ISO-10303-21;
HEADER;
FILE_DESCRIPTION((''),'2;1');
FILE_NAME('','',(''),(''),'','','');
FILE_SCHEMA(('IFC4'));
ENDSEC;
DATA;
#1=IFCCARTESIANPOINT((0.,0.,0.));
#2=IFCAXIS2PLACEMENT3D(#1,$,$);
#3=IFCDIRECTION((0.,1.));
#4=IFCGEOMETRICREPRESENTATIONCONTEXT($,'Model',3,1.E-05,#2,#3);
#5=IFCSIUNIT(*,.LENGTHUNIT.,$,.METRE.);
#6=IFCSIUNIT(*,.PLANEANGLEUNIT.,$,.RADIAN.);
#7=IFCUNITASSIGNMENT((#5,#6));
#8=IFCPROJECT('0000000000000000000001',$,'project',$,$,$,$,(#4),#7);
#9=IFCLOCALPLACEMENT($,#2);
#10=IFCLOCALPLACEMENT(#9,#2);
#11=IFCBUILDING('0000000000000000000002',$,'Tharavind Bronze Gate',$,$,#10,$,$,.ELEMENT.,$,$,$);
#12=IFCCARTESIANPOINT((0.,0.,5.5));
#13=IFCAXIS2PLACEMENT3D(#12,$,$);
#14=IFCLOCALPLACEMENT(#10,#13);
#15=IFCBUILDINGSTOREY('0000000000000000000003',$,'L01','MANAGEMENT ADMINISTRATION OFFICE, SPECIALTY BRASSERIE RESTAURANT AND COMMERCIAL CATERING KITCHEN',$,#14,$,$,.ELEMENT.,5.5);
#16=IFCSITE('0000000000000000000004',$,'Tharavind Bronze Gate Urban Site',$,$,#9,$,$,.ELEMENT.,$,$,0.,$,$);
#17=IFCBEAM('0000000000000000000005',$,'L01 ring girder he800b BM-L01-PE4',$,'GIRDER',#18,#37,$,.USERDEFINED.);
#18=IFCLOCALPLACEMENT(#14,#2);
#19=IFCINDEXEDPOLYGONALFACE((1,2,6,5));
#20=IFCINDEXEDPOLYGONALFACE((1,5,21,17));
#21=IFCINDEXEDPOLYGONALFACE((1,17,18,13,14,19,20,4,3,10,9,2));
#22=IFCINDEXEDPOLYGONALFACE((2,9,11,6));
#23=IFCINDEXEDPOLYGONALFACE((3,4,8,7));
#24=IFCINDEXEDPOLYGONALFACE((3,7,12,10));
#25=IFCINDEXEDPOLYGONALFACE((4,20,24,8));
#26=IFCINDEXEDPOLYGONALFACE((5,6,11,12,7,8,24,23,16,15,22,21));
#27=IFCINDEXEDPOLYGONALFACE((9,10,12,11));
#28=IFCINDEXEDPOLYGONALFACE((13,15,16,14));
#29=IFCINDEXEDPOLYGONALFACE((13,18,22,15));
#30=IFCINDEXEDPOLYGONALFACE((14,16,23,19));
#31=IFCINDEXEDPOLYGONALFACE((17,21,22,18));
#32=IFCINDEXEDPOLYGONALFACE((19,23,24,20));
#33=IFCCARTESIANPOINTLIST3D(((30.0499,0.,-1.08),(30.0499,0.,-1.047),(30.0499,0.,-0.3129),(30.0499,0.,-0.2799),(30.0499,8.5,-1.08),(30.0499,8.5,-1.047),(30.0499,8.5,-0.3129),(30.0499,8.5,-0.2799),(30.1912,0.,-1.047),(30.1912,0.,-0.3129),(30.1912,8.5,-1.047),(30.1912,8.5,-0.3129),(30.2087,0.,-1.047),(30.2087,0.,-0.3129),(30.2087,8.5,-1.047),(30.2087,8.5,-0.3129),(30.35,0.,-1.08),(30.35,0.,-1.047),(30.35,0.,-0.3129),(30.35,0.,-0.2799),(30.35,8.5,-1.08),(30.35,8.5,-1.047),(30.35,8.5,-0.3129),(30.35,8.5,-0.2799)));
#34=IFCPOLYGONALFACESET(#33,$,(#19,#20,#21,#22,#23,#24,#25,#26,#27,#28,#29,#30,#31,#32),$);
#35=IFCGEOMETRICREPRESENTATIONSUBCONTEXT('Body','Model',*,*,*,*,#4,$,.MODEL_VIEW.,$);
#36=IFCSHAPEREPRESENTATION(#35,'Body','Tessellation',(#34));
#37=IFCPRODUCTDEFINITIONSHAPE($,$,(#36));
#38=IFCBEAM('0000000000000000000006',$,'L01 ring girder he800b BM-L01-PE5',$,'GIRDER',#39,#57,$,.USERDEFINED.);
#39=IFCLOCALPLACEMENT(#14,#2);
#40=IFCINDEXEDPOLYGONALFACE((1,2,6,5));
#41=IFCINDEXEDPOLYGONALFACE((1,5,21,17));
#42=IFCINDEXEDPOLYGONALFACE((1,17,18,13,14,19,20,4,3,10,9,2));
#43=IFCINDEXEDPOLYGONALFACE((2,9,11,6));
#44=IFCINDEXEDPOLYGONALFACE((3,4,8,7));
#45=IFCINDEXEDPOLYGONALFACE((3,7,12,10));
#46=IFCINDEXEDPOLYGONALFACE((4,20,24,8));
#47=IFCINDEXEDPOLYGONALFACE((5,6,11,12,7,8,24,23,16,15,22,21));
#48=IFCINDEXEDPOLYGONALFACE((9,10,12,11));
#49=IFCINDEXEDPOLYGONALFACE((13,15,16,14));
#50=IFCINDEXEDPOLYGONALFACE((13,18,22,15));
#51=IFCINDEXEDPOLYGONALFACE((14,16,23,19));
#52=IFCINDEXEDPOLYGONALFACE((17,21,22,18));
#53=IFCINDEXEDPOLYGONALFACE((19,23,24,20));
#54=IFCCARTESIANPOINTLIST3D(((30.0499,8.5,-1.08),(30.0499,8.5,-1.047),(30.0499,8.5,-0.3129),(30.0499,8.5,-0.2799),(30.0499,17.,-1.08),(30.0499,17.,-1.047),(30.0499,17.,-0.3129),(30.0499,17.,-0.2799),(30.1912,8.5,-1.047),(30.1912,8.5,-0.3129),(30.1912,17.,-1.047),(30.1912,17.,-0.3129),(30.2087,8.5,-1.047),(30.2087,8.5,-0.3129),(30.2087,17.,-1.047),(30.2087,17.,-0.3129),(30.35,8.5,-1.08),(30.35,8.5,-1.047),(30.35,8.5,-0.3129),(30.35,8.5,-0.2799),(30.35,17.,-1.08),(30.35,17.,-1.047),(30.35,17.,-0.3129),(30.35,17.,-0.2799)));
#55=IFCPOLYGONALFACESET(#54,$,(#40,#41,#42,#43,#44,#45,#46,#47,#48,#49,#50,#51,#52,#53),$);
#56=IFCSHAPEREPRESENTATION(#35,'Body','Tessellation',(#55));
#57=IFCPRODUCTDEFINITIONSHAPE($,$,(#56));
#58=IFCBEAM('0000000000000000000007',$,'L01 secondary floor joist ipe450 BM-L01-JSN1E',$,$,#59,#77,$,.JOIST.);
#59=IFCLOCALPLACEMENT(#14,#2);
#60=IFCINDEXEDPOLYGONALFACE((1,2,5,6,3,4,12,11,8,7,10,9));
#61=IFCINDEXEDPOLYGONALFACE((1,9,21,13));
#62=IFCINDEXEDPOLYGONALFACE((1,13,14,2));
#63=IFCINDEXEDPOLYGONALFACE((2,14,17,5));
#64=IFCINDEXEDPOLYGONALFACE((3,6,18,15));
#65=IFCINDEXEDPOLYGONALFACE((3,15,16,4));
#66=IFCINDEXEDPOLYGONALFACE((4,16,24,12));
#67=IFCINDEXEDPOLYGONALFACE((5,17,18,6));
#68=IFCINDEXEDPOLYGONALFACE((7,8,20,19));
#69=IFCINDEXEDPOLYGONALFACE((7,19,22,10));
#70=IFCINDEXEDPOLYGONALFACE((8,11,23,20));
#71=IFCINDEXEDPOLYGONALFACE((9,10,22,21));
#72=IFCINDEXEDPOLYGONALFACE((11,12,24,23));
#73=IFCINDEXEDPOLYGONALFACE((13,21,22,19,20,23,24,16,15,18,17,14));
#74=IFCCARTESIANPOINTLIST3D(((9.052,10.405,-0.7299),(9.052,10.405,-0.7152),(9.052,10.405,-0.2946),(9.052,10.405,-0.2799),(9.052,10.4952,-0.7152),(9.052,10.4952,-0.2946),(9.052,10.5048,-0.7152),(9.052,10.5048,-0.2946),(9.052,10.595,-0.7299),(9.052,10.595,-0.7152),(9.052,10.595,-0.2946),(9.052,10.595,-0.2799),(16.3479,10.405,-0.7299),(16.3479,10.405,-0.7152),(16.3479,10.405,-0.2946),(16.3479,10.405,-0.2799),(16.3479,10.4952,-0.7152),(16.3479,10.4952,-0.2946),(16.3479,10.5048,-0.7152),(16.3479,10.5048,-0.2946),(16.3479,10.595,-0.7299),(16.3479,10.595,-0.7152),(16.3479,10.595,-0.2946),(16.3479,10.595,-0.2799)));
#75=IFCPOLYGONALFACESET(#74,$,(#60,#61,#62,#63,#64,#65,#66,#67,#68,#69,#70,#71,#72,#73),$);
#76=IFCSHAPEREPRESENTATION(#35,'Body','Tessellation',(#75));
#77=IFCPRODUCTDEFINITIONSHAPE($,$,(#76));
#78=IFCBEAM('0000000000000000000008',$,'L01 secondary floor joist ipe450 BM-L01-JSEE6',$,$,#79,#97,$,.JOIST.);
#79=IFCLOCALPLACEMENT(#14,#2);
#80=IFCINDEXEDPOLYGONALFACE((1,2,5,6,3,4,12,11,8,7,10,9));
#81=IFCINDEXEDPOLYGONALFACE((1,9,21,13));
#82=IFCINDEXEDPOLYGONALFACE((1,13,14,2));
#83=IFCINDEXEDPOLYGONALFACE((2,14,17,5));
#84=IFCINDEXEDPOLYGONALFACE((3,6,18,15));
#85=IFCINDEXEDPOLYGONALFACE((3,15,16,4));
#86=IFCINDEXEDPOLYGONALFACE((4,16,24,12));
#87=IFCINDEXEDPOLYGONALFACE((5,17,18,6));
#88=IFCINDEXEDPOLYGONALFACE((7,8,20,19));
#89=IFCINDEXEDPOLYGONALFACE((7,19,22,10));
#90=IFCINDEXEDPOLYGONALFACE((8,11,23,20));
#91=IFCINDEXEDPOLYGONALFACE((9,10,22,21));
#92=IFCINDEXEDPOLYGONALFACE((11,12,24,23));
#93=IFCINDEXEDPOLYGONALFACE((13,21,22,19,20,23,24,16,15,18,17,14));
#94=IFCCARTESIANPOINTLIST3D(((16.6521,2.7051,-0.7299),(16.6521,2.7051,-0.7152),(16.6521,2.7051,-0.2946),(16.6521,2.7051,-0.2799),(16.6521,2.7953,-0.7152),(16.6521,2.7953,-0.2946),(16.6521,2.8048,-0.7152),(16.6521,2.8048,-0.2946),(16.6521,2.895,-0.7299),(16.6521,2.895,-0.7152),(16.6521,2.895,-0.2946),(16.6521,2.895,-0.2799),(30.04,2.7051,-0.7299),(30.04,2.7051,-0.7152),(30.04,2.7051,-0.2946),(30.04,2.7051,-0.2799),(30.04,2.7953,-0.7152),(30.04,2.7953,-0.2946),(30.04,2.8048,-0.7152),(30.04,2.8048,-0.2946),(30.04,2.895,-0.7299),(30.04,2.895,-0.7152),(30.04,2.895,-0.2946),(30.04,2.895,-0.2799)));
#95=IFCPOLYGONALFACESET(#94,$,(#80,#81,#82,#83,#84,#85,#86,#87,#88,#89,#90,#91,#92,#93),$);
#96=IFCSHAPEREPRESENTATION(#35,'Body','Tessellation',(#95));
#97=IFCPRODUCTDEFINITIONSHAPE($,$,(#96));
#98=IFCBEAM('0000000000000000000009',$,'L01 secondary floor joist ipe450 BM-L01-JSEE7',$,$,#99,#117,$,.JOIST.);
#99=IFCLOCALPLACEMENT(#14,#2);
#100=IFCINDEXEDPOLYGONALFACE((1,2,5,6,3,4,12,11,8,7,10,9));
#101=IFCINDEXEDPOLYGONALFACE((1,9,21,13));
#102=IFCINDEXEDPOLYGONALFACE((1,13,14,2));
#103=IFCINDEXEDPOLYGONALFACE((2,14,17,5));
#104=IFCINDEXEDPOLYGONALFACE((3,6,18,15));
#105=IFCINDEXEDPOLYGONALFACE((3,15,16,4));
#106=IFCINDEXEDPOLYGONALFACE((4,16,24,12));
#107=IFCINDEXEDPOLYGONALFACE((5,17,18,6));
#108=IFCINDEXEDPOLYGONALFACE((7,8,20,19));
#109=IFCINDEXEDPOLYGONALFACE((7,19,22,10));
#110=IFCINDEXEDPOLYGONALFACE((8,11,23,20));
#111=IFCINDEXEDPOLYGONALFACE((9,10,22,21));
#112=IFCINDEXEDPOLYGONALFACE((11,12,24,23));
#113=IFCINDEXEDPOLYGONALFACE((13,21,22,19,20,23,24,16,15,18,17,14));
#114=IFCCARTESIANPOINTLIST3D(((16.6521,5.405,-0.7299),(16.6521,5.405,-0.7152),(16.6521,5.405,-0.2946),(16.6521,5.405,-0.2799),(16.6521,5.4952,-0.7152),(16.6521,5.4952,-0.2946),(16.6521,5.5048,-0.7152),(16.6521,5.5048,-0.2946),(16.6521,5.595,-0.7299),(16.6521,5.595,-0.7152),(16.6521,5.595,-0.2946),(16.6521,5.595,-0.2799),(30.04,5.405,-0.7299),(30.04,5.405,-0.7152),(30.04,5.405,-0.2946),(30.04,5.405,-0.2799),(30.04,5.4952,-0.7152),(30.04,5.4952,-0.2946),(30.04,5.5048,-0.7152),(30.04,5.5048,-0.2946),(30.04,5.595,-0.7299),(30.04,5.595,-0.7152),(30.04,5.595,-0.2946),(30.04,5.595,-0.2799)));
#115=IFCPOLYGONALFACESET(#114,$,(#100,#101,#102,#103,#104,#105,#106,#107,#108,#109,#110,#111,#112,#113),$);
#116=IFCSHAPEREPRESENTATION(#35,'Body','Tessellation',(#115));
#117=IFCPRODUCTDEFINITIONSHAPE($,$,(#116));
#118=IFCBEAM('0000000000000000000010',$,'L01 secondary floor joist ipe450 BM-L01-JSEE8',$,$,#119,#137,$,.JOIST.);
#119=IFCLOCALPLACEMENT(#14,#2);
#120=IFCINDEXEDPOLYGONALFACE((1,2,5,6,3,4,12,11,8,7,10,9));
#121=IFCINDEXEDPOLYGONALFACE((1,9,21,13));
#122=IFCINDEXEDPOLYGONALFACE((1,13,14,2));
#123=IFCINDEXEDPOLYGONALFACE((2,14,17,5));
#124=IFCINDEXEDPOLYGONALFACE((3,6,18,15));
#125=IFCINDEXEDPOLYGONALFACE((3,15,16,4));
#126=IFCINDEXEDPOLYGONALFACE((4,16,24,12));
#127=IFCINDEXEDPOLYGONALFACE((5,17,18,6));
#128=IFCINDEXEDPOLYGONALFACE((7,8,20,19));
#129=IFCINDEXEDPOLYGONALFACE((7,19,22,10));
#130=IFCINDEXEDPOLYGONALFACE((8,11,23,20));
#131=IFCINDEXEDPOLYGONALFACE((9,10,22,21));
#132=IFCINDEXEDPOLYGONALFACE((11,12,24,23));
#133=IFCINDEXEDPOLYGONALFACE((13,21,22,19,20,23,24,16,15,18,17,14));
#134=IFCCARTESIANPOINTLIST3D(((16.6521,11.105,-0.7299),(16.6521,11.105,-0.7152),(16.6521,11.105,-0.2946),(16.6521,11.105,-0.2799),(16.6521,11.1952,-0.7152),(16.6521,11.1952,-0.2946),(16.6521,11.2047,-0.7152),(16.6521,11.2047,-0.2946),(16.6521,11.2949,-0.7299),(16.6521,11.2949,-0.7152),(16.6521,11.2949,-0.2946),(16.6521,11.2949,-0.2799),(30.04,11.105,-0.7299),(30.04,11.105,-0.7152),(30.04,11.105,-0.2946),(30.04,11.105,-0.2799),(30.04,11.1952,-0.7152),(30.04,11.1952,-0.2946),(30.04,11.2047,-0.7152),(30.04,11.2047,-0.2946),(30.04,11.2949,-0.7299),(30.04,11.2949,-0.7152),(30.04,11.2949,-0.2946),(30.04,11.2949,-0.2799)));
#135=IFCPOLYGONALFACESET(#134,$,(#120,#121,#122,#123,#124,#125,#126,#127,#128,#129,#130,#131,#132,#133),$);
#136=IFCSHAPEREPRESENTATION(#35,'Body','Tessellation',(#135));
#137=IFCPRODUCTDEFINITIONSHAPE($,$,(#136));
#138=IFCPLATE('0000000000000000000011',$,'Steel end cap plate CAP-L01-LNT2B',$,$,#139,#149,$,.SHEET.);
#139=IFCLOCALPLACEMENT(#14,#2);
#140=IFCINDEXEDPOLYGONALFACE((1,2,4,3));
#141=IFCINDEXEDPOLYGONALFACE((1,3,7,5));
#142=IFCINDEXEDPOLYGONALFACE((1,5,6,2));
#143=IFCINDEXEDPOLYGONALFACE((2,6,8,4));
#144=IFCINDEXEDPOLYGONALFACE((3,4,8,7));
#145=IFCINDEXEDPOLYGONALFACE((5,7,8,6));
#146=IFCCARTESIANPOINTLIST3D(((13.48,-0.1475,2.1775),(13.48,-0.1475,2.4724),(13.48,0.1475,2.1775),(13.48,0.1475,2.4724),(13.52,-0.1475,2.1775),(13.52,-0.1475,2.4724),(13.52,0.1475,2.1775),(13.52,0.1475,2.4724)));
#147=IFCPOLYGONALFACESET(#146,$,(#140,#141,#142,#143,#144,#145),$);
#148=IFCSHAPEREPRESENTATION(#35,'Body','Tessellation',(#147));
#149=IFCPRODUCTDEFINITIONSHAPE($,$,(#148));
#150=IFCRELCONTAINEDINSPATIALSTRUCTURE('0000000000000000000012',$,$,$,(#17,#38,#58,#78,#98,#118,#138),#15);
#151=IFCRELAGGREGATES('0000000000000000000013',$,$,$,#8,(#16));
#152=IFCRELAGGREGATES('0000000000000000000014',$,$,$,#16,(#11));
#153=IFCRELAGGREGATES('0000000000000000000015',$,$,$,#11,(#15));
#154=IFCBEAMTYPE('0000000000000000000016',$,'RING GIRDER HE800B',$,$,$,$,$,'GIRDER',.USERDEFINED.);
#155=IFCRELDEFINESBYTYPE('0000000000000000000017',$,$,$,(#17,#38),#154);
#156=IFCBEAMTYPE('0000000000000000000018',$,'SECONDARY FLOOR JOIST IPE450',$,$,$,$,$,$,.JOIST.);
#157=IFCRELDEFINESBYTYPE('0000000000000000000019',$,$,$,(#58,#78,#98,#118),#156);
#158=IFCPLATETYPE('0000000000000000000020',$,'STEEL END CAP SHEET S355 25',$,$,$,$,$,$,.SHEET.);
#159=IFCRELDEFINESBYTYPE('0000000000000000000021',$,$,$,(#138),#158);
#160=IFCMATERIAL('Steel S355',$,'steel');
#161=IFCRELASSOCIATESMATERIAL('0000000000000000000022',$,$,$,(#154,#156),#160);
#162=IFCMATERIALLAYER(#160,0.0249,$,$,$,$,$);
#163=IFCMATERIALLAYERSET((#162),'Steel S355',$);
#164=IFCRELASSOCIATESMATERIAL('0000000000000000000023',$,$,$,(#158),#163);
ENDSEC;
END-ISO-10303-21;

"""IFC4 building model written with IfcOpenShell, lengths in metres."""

from ifc_helpers import new_model, si_unit, direction, frame, origin, origin_2d, place, context, subcontext, project, spatial, rectangle, i_section, extrude, material, layer, layer_set, material_profile, profile_set, type_object, element, save


model = new_model("IFC4")

# Units and contexts
model_context = context("Model", 3, precision=1e-05, world=origin(), true_north=direction((0.0, 1.0)))
body_context = subcontext(model_context, "Body", "Model", "MODEL_VIEW")
ifc_project = project(units=[si_unit("LENGTHUNIT", "METRE"), si_unit("PLANEANGLEUNIT", "RADIAN")], contexts=[model_context])

# Site, building, storey
site_placement = place(None, origin())
site = spatial("IfcSite", under=ifc_project, at=site_placement, Name="Tharavind Bronze Gate Urban Site", CompositionType="ELEMENT", RefElevation=0.0)
building_placement = place(site_placement, origin())
building = spatial("IfcBuilding", under=site, at=building_placement, Name="Tharavind Bronze Gate", CompositionType="ELEMENT")
storey_placement = place(building_placement, frame((0.0, 0.0, 5.5)))
storey = spatial("IfcBuildingStorey", under=building, at=storey_placement, Name="L01", Description="MANAGEMENT ADMINISTRATION OFFICE, SPECIALTY BRASSERIE RESTAURANT AND COMMERCIAL CATERING KITCHEN", CompositionType="ELEMENT", Elevation=5.5)

# Beams
ifc_material_1 = material(Name="Steel S355", Category="steel")
ifc_material_profile_1 = material_profile(ifc_material_1, i_section(OverallWidth=0.3, OverallDepth=0.8, WebThickness=0.0176, FlangeThickness=0.033, at=origin_2d()), Name="HE800B")
ifc_profile_set_1 = profile_set([ifc_material_profile_1], Name="Steel S355")
beam_type_1 = type_object("IfcBeamType", Name="RING GIRDER HE800B", ElementType="GIRDER", PredefinedType="USERDEFINED", material=ifc_profile_set_1)
for number, where, z_axis, x_axis, name in (
    (1, (30.2, 0.0, -0.6799), (0.0, 1.0, 0.0), (-1.0, 0.0, 0.0), "L01 ring girder he800b BM-L01-PE4"),
    (2, (30.2, 8.5, -0.6799), (0.0, 1.0, 0.0), (-1.0, 0.0, 0.0), "L01 ring girder he800b BM-L01-PE5"),
):
    element("IfcBeam", number, at=place(storey_placement, frame(where, z_axis=z_axis, x_axis=x_axis)), inside=storey, type_object=beam_type_1, Name=name, ObjectType="GIRDER", PredefinedType="USERDEFINED", context=body_context, shape_type="SweptSolid", body=[
        extrude(i_section(OverallWidth=0.3, OverallDepth=0.8, WebThickness=0.0176, FlangeThickness=0.033, at=origin_2d()), origin(), (0.0, 0.0, 1.0), 8.5),
    ])
ifc_material_profile_2 = material_profile(ifc_material_1, i_section(OverallWidth=0.1899, OverallDepth=0.45, WebThickness=0.0095, FlangeThickness=0.0146, at=origin_2d()), Name="IPE450")
ifc_profile_set_2 = profile_set([ifc_material_profile_2], Name="Steel S355")
beam_type_2 = type_object("IfcBeamType", Name="SECONDARY FLOOR JOIST IPE450", PredefinedType="JOIST", material=ifc_profile_set_2)
beam_1_placement = place(storey_placement, frame((9.052, 10.5, -0.5049), z_axis=(1.0, 0.0, 0.0), x_axis=(0.0, 1.0, 0.0)))
element("IfcBeam", 3, at=beam_1_placement, inside=storey, type_object=beam_type_2, Name="L01 secondary floor joist ipe450 BM-L01-JSN1E", PredefinedType="JOIST", context=body_context, shape_type="SweptSolid", body=[
    extrude(i_section(OverallWidth=0.1899, OverallDepth=0.45, WebThickness=0.0095, FlangeThickness=0.0146, at=origin_2d()), origin(), (0.0, 0.0, 1.0), 7.2959),
])
for number, where, z_axis, x_axis, name in (
    (4, (16.6521, 2.8, -0.5049), (1.0, 0.0, 0.0), (0.0, 1.0, 0.0), "L01 secondary floor joist ipe450 BM-L01-JSEE6"),
    (5, (16.6521, 5.5, -0.5049), (1.0, 0.0, 0.0), (0.0, 1.0, 0.0), "L01 secondary floor joist ipe450 BM-L01-JSEE7"),
    (6, (16.6521, 11.2, -0.5049), (1.0, 0.0, 0.0), (0.0, 1.0, 0.0), "L01 secondary floor joist ipe450 BM-L01-JSEE8"),
):
    element("IfcBeam", number, at=place(storey_placement, frame(where, z_axis=z_axis, x_axis=x_axis)), inside=storey, type_object=beam_type_2, Name=name, PredefinedType="JOIST", context=body_context, shape_type="SweptSolid", body=[
        extrude(i_section(OverallWidth=0.1899, OverallDepth=0.45, WebThickness=0.0095, FlangeThickness=0.0146, at=origin_2d()), origin(), (0.0, 0.0, 1.0), 13.3879),
    ])

# Plate
ifc_layer_1 = layer(ifc_material_1, 0.0249)
ifc_layer_set_1 = layer_set([ifc_layer_1], Name="Steel S355")
plate_type = type_object("IfcPlateType", Name="STEEL END CAP SHEET S355 25", PredefinedType="SHEET", material=ifc_layer_set_1)
plate_placement = place(storey_placement, frame((13.5, 0.0, 2.1775), z_axis=(0.0, 0.0, 1.0), x_axis=(1.0, 0.0, 0.0)))
element("IfcPlate", 7, at=plate_placement, inside=storey, type_object=plate_type, Name="Steel end cap plate CAP-L01-LNT2B", PredefinedType="SHEET", context=body_context, shape_type="SweptSolid", body=[
    extrude(rectangle(XDim=0.04, YDim=0.2949, at=origin_2d()), origin(), (0.0, 0.0, 1.0), 0.2949),
])

save(model, "model.ifc")
